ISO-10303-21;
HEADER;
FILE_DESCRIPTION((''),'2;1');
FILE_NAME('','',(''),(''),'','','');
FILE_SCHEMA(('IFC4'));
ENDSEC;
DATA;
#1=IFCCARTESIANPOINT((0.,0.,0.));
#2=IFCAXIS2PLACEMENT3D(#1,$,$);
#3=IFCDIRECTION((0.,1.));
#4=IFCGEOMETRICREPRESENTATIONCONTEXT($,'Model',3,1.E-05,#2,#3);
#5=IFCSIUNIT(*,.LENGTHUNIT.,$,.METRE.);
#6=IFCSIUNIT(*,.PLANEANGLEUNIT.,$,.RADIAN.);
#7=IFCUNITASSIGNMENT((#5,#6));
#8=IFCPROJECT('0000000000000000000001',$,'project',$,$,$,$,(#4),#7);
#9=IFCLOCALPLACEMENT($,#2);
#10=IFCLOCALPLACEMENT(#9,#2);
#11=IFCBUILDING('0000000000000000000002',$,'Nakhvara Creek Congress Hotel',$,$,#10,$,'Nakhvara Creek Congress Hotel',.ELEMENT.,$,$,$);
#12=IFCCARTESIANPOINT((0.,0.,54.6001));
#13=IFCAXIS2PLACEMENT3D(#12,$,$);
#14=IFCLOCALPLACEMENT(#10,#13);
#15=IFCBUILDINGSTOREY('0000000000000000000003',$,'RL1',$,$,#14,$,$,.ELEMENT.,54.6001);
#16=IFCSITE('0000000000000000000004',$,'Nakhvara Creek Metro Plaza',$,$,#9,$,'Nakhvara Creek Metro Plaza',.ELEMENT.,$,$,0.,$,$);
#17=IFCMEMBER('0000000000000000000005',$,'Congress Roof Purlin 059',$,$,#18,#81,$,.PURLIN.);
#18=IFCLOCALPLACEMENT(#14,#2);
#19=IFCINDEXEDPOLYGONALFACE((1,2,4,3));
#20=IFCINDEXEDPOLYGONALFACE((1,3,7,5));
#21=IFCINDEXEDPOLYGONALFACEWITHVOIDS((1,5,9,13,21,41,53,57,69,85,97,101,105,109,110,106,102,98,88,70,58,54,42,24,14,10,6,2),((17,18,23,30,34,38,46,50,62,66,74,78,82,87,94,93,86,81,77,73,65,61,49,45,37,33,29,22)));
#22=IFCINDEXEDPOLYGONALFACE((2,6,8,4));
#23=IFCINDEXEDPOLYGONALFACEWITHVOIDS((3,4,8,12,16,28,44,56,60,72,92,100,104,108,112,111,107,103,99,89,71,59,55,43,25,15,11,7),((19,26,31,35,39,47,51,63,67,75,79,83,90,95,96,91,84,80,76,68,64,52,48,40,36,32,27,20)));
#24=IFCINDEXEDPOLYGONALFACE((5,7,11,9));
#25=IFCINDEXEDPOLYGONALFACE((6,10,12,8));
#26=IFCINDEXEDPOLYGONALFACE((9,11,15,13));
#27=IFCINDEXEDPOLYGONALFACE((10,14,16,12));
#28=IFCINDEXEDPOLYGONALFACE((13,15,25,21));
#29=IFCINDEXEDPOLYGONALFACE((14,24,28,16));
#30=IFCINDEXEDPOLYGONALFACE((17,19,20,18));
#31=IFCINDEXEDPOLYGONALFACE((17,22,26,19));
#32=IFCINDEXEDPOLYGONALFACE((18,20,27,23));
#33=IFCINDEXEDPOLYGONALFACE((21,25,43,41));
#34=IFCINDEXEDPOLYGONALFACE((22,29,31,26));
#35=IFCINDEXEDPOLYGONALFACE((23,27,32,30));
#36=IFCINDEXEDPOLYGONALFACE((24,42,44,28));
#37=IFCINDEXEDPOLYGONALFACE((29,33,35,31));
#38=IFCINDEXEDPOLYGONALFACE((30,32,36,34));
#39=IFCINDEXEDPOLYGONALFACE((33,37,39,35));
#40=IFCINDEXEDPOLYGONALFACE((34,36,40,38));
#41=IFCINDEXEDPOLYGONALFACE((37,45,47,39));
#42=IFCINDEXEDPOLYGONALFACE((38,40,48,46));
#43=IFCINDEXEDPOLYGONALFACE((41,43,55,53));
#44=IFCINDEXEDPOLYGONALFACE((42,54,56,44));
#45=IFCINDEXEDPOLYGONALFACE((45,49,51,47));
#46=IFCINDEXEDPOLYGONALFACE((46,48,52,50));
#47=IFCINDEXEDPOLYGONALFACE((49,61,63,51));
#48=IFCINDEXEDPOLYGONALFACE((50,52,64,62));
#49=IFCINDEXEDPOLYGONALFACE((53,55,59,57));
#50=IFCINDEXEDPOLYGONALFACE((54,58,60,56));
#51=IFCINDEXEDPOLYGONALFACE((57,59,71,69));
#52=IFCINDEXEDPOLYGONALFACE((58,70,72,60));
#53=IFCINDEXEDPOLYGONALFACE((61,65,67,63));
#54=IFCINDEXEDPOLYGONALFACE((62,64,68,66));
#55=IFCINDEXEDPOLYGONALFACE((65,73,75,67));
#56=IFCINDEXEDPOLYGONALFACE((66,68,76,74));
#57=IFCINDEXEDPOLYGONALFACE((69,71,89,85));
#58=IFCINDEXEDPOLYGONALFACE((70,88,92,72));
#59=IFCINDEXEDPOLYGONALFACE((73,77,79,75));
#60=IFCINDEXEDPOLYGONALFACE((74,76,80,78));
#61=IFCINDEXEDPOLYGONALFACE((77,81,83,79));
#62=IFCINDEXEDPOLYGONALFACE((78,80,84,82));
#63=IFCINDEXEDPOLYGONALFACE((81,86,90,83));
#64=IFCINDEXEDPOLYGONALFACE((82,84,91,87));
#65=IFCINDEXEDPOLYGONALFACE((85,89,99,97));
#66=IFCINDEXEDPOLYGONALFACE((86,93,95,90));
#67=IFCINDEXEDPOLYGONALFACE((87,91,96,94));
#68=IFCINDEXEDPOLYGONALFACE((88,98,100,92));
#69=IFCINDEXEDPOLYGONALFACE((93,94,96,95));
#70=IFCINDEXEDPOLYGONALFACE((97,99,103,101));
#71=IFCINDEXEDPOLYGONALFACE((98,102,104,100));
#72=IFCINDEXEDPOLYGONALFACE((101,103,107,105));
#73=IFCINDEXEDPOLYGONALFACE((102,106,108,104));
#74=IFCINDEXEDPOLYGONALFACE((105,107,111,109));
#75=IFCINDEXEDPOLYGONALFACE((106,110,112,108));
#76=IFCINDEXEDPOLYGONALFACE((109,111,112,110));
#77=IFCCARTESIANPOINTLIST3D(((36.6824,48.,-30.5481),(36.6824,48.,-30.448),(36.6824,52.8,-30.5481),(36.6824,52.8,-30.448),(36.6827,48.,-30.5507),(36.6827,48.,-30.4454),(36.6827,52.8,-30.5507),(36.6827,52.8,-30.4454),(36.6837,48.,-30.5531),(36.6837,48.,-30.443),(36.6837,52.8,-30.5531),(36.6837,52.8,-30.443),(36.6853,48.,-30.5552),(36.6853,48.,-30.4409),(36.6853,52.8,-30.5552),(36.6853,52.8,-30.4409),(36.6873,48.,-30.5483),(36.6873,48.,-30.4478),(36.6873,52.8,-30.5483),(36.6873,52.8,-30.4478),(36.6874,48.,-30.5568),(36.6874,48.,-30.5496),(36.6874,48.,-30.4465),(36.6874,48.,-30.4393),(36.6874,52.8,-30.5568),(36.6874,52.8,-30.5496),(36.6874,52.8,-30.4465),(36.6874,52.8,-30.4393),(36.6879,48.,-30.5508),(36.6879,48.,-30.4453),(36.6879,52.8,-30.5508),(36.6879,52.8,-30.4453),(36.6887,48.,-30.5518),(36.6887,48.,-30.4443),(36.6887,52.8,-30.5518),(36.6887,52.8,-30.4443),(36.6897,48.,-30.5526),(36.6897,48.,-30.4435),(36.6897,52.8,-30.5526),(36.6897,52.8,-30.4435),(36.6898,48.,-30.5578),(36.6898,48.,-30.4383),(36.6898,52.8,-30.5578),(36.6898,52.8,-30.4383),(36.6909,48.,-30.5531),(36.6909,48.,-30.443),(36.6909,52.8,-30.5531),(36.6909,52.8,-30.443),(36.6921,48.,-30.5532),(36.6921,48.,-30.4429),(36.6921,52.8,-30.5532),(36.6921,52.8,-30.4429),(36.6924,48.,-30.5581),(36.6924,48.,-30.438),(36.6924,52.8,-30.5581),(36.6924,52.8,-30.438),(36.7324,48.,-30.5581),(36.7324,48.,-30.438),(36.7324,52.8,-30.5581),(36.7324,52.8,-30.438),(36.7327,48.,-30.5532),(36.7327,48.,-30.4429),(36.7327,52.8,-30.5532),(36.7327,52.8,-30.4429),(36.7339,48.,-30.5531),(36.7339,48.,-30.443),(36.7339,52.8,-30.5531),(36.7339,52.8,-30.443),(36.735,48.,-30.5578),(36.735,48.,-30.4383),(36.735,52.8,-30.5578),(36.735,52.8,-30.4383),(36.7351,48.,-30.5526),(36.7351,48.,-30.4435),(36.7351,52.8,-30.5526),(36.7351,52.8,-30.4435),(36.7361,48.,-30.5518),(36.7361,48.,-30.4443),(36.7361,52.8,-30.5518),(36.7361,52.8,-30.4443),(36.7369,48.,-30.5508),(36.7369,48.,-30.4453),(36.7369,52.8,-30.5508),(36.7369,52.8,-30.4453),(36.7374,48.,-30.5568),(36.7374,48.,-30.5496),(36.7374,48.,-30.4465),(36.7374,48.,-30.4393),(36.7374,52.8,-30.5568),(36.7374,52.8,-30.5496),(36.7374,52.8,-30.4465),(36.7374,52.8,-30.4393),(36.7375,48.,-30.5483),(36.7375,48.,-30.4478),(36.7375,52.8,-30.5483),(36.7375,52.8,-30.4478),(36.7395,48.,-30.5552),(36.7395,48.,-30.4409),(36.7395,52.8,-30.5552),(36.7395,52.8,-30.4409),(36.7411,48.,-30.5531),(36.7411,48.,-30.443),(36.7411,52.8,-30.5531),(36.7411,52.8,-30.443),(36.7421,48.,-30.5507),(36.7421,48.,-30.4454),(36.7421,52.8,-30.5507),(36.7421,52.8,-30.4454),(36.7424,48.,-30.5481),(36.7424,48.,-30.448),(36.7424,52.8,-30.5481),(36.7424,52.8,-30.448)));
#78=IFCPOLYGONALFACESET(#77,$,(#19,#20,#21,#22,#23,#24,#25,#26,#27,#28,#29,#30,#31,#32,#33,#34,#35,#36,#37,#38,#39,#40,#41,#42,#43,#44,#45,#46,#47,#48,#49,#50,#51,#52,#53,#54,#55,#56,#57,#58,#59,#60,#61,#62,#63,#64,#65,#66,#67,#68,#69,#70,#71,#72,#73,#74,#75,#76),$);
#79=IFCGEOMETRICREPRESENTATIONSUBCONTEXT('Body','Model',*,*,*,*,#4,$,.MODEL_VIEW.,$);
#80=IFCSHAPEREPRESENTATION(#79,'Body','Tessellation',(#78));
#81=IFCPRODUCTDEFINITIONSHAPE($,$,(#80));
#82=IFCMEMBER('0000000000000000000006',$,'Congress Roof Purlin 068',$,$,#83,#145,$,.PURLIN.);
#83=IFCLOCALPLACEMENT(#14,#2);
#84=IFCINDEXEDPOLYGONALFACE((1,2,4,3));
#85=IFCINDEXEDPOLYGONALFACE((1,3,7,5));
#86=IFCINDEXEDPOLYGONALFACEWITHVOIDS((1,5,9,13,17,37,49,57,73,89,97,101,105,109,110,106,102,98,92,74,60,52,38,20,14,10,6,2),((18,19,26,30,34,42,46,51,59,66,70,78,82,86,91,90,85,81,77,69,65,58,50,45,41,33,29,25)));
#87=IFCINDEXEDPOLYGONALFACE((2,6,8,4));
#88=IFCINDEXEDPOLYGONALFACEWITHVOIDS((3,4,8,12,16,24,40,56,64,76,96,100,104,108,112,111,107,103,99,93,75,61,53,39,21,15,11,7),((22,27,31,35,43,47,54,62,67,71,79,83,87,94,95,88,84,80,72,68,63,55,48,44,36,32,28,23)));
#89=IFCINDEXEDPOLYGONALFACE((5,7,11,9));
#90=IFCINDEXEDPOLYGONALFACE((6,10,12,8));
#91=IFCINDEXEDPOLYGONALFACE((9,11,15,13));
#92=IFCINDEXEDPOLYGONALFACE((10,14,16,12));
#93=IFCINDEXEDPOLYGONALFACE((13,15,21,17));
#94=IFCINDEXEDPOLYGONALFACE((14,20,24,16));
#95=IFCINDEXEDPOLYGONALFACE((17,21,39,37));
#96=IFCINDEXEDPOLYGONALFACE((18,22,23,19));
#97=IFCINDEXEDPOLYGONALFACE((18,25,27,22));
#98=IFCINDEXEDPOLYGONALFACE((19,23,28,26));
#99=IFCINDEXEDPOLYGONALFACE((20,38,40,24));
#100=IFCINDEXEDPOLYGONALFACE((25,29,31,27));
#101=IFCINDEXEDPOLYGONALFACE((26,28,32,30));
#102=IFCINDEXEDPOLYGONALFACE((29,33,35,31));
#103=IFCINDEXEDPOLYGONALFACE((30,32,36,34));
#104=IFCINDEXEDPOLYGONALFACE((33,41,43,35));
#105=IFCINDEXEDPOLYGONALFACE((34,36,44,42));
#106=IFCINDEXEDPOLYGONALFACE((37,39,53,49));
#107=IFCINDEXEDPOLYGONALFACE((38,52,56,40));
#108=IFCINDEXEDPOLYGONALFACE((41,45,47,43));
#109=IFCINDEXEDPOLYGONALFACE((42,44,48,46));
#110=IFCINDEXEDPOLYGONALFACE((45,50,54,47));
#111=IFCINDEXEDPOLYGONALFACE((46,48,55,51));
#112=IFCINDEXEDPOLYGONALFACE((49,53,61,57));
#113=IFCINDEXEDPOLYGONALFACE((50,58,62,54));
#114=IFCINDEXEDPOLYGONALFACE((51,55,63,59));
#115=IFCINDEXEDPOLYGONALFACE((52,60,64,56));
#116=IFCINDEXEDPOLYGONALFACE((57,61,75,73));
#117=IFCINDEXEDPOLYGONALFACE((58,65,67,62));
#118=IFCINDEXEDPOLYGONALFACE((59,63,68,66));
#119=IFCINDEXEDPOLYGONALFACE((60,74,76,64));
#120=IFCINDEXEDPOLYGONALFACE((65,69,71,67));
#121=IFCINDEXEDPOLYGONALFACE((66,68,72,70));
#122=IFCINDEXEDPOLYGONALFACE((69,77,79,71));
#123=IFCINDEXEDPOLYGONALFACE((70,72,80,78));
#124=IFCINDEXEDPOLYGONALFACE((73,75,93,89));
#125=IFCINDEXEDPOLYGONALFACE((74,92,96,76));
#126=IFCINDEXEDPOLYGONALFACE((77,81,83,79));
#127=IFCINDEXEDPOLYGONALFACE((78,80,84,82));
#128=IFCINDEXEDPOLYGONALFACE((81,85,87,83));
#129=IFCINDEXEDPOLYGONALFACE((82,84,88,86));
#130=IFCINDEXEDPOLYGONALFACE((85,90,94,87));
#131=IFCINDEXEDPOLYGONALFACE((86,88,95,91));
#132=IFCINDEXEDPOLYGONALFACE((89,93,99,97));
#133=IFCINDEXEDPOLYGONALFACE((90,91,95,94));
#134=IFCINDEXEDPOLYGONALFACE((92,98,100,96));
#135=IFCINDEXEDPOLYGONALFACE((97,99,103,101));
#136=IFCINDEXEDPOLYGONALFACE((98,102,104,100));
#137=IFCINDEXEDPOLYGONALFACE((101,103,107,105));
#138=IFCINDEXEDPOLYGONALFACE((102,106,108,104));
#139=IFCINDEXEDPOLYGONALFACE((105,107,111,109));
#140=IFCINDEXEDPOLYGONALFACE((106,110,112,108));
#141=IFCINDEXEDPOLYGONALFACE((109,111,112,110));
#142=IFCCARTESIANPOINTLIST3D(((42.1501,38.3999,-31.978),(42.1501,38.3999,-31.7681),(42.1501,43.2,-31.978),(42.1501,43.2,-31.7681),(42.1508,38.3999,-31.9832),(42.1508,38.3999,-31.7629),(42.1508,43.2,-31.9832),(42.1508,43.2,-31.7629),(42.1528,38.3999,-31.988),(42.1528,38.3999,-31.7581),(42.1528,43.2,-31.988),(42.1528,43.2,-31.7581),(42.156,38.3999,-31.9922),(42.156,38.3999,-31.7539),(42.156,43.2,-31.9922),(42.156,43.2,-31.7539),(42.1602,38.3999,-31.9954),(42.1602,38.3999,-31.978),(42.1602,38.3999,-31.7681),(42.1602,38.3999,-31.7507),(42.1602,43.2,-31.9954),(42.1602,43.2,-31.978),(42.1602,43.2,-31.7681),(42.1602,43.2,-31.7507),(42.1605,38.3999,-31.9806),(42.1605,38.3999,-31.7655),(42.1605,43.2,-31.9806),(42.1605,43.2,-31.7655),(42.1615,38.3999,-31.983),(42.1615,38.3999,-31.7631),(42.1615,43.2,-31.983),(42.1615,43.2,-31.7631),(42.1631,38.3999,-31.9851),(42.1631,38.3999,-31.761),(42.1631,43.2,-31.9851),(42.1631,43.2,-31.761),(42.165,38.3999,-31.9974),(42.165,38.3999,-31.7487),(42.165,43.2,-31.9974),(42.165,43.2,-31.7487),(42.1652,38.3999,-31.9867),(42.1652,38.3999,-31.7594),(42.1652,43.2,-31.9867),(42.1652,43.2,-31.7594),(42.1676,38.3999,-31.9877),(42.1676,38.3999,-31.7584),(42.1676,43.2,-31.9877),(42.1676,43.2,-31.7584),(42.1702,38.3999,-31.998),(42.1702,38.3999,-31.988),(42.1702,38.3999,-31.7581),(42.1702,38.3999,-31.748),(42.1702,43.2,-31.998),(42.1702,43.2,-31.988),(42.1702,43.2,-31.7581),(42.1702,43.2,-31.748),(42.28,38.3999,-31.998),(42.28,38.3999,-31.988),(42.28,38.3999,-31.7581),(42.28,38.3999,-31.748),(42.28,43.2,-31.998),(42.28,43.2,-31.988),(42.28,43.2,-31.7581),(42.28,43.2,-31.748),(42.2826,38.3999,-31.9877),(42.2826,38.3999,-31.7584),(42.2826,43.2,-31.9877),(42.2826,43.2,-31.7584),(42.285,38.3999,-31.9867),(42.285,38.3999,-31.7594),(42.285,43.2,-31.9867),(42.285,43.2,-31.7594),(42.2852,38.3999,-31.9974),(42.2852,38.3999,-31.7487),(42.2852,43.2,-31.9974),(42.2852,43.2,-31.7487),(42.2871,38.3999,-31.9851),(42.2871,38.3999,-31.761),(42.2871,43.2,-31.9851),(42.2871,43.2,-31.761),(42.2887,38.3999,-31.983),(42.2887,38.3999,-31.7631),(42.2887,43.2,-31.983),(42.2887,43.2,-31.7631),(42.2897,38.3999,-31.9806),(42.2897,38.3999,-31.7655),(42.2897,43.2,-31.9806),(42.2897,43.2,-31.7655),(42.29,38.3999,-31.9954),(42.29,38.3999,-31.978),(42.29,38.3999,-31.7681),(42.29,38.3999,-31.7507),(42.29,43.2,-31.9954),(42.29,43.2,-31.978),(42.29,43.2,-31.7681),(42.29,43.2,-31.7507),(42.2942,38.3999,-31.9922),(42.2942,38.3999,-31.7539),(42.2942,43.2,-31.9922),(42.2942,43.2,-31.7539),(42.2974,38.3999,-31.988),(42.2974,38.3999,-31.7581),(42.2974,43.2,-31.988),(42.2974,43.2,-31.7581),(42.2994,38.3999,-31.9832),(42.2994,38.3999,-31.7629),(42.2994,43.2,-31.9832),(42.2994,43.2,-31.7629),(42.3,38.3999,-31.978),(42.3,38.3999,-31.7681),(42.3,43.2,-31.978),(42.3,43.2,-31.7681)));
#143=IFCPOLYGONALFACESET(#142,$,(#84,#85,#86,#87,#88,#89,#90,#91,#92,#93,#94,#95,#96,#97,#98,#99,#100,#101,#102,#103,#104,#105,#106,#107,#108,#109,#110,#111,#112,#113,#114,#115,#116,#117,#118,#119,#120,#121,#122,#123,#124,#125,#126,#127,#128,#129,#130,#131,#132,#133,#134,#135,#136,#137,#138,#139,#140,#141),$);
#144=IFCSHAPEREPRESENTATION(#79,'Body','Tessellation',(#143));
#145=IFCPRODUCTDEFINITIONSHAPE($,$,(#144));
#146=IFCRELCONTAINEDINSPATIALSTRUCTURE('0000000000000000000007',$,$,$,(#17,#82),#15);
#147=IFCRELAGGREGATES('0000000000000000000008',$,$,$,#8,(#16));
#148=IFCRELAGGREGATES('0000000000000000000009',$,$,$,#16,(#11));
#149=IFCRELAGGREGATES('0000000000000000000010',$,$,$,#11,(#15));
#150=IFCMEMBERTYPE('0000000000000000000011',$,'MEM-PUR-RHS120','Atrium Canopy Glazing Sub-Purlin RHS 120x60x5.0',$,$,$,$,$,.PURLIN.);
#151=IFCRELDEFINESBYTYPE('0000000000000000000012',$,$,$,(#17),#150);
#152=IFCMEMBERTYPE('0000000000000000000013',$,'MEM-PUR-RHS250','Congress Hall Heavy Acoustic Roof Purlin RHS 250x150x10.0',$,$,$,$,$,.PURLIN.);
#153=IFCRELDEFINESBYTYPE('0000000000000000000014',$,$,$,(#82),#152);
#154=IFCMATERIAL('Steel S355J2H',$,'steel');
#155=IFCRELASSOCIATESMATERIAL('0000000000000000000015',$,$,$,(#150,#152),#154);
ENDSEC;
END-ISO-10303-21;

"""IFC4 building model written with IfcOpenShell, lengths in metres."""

from ifc_helpers import new_model, si_unit, direction, frame, origin, origin_2d, place, context, subcontext, project, spatial, hollow_rectangle, extrude, material, material_profile, profile_set, type_object, element, save


model = new_model("IFC4")

# Units and contexts
model_context = context("Model", 3, precision=1e-05, world=origin(), true_north=direction((0.0, 1.0)))
body_context = subcontext(model_context, "Body", "Model", "MODEL_VIEW")
ifc_project = project(units=[si_unit("LENGTHUNIT", "METRE"), si_unit("PLANEANGLEUNIT", "RADIAN")], contexts=[model_context])

# Site, building, storey
site_placement = place(None, origin())
site = spatial("IfcSite", under=ifc_project, at=site_placement, Name="Nakhvara Creek Metro Plaza", LongName="Nakhvara Creek Metro Plaza", CompositionType="ELEMENT", RefElevation=0.0)
building_placement = place(site_placement, origin())
building = spatial("IfcBuilding", under=site, at=building_placement, Name="Nakhvara Creek Congress Hotel", LongName="Nakhvara Creek Congress Hotel", CompositionType="ELEMENT")
storey_placement = place(building_placement, frame((0.0, 0.0, 54.6001)))
storey = spatial("IfcBuildingStorey", under=building, at=storey_placement, Name="RL1", CompositionType="ELEMENT", Elevation=54.6001)

# Members
ifc_material_1 = material(Name="Steel S355J2H", Category="steel")
ifc_material_profile_1 = material_profile(ifc_material_1, hollow_rectangle(XDim=0.0601, YDim=0.1201, WallThickness=0.0049, InnerFilletRadius=0.0049, OuterFilletRadius=0.01, at=origin_2d()), Name="RHS 120x60x5.0", Category="LoadBearing")
ifc_profile_set_1 = profile_set([ifc_material_profile_1], Name="Steel S355J2H")
member_type_1 = type_object("IfcMemberType", Name="MEM-PUR-RHS120", Description="Atrium Canopy Glazing Sub-Purlin RHS 120x60x5.0", PredefinedType="PURLIN", material=ifc_profile_set_1)
for number, where, z_axis, x_axis, name in (
    (1, (36.7124, 48.0, -30.498), (0.0, 1.0, 0.0), (-1.0, 0.0, 0.0), "Congress Roof Purlin 059"),
):
    element("IfcMember", number, at=place(storey_placement, frame(where, z_axis=z_axis, x_axis=x_axis)), inside=storey, type_object=member_type_1, Name=name, PredefinedType="PURLIN", context=body_context, shape_type="SweptSolid", body=[
        extrude(hollow_rectangle(XDim=0.0601, YDim=0.1201, WallThickness=0.0049, InnerFilletRadius=0.0049, OuterFilletRadius=0.01, at=origin_2d()), origin(), (0.0, 0.0, 1.0), 4.8),
    ])
ifc_material_profile_2 = material_profile(ifc_material_1, hollow_rectangle(XDim=0.1499, YDim=0.25, WallThickness=0.01, InnerFilletRadius=0.01, OuterFilletRadius=0.02, at=origin_2d()), Name="RHS 250x150x10.0", Category="LoadBearing")
ifc_profile_set_2 = profile_set([ifc_material_profile_2], Name="Steel S355J2H")
member_type_2 = type_object("IfcMemberType", Name="MEM-PUR-RHS250", Description="Congress Hall Heavy Acoustic Roof Purlin RHS 250x150x10.0", PredefinedType="PURLIN", material=ifc_profile_set_2)
for number, where, z_axis, x_axis, name in (
    (2, (42.2251, 38.3999, -31.873), (0.0, 1.0, 0.0), (-1.0, 0.0, 0.0), "Congress Roof Purlin 068"),
):
    element("IfcMember", number, at=place(storey_placement, frame(where, z_axis=z_axis, x_axis=x_axis)), inside=storey, type_object=member_type_2, Name=name, PredefinedType="PURLIN", context=body_context, shape_type="SweptSolid", body=[
        extrude(hollow_rectangle(XDim=0.1499, YDim=0.25, WallThickness=0.01, InnerFilletRadius=0.01, OuterFilletRadius=0.02, at=origin_2d()), origin(), (0.0, 0.0, 1.0), 4.8),
    ])

save(model, "model.ifc")
